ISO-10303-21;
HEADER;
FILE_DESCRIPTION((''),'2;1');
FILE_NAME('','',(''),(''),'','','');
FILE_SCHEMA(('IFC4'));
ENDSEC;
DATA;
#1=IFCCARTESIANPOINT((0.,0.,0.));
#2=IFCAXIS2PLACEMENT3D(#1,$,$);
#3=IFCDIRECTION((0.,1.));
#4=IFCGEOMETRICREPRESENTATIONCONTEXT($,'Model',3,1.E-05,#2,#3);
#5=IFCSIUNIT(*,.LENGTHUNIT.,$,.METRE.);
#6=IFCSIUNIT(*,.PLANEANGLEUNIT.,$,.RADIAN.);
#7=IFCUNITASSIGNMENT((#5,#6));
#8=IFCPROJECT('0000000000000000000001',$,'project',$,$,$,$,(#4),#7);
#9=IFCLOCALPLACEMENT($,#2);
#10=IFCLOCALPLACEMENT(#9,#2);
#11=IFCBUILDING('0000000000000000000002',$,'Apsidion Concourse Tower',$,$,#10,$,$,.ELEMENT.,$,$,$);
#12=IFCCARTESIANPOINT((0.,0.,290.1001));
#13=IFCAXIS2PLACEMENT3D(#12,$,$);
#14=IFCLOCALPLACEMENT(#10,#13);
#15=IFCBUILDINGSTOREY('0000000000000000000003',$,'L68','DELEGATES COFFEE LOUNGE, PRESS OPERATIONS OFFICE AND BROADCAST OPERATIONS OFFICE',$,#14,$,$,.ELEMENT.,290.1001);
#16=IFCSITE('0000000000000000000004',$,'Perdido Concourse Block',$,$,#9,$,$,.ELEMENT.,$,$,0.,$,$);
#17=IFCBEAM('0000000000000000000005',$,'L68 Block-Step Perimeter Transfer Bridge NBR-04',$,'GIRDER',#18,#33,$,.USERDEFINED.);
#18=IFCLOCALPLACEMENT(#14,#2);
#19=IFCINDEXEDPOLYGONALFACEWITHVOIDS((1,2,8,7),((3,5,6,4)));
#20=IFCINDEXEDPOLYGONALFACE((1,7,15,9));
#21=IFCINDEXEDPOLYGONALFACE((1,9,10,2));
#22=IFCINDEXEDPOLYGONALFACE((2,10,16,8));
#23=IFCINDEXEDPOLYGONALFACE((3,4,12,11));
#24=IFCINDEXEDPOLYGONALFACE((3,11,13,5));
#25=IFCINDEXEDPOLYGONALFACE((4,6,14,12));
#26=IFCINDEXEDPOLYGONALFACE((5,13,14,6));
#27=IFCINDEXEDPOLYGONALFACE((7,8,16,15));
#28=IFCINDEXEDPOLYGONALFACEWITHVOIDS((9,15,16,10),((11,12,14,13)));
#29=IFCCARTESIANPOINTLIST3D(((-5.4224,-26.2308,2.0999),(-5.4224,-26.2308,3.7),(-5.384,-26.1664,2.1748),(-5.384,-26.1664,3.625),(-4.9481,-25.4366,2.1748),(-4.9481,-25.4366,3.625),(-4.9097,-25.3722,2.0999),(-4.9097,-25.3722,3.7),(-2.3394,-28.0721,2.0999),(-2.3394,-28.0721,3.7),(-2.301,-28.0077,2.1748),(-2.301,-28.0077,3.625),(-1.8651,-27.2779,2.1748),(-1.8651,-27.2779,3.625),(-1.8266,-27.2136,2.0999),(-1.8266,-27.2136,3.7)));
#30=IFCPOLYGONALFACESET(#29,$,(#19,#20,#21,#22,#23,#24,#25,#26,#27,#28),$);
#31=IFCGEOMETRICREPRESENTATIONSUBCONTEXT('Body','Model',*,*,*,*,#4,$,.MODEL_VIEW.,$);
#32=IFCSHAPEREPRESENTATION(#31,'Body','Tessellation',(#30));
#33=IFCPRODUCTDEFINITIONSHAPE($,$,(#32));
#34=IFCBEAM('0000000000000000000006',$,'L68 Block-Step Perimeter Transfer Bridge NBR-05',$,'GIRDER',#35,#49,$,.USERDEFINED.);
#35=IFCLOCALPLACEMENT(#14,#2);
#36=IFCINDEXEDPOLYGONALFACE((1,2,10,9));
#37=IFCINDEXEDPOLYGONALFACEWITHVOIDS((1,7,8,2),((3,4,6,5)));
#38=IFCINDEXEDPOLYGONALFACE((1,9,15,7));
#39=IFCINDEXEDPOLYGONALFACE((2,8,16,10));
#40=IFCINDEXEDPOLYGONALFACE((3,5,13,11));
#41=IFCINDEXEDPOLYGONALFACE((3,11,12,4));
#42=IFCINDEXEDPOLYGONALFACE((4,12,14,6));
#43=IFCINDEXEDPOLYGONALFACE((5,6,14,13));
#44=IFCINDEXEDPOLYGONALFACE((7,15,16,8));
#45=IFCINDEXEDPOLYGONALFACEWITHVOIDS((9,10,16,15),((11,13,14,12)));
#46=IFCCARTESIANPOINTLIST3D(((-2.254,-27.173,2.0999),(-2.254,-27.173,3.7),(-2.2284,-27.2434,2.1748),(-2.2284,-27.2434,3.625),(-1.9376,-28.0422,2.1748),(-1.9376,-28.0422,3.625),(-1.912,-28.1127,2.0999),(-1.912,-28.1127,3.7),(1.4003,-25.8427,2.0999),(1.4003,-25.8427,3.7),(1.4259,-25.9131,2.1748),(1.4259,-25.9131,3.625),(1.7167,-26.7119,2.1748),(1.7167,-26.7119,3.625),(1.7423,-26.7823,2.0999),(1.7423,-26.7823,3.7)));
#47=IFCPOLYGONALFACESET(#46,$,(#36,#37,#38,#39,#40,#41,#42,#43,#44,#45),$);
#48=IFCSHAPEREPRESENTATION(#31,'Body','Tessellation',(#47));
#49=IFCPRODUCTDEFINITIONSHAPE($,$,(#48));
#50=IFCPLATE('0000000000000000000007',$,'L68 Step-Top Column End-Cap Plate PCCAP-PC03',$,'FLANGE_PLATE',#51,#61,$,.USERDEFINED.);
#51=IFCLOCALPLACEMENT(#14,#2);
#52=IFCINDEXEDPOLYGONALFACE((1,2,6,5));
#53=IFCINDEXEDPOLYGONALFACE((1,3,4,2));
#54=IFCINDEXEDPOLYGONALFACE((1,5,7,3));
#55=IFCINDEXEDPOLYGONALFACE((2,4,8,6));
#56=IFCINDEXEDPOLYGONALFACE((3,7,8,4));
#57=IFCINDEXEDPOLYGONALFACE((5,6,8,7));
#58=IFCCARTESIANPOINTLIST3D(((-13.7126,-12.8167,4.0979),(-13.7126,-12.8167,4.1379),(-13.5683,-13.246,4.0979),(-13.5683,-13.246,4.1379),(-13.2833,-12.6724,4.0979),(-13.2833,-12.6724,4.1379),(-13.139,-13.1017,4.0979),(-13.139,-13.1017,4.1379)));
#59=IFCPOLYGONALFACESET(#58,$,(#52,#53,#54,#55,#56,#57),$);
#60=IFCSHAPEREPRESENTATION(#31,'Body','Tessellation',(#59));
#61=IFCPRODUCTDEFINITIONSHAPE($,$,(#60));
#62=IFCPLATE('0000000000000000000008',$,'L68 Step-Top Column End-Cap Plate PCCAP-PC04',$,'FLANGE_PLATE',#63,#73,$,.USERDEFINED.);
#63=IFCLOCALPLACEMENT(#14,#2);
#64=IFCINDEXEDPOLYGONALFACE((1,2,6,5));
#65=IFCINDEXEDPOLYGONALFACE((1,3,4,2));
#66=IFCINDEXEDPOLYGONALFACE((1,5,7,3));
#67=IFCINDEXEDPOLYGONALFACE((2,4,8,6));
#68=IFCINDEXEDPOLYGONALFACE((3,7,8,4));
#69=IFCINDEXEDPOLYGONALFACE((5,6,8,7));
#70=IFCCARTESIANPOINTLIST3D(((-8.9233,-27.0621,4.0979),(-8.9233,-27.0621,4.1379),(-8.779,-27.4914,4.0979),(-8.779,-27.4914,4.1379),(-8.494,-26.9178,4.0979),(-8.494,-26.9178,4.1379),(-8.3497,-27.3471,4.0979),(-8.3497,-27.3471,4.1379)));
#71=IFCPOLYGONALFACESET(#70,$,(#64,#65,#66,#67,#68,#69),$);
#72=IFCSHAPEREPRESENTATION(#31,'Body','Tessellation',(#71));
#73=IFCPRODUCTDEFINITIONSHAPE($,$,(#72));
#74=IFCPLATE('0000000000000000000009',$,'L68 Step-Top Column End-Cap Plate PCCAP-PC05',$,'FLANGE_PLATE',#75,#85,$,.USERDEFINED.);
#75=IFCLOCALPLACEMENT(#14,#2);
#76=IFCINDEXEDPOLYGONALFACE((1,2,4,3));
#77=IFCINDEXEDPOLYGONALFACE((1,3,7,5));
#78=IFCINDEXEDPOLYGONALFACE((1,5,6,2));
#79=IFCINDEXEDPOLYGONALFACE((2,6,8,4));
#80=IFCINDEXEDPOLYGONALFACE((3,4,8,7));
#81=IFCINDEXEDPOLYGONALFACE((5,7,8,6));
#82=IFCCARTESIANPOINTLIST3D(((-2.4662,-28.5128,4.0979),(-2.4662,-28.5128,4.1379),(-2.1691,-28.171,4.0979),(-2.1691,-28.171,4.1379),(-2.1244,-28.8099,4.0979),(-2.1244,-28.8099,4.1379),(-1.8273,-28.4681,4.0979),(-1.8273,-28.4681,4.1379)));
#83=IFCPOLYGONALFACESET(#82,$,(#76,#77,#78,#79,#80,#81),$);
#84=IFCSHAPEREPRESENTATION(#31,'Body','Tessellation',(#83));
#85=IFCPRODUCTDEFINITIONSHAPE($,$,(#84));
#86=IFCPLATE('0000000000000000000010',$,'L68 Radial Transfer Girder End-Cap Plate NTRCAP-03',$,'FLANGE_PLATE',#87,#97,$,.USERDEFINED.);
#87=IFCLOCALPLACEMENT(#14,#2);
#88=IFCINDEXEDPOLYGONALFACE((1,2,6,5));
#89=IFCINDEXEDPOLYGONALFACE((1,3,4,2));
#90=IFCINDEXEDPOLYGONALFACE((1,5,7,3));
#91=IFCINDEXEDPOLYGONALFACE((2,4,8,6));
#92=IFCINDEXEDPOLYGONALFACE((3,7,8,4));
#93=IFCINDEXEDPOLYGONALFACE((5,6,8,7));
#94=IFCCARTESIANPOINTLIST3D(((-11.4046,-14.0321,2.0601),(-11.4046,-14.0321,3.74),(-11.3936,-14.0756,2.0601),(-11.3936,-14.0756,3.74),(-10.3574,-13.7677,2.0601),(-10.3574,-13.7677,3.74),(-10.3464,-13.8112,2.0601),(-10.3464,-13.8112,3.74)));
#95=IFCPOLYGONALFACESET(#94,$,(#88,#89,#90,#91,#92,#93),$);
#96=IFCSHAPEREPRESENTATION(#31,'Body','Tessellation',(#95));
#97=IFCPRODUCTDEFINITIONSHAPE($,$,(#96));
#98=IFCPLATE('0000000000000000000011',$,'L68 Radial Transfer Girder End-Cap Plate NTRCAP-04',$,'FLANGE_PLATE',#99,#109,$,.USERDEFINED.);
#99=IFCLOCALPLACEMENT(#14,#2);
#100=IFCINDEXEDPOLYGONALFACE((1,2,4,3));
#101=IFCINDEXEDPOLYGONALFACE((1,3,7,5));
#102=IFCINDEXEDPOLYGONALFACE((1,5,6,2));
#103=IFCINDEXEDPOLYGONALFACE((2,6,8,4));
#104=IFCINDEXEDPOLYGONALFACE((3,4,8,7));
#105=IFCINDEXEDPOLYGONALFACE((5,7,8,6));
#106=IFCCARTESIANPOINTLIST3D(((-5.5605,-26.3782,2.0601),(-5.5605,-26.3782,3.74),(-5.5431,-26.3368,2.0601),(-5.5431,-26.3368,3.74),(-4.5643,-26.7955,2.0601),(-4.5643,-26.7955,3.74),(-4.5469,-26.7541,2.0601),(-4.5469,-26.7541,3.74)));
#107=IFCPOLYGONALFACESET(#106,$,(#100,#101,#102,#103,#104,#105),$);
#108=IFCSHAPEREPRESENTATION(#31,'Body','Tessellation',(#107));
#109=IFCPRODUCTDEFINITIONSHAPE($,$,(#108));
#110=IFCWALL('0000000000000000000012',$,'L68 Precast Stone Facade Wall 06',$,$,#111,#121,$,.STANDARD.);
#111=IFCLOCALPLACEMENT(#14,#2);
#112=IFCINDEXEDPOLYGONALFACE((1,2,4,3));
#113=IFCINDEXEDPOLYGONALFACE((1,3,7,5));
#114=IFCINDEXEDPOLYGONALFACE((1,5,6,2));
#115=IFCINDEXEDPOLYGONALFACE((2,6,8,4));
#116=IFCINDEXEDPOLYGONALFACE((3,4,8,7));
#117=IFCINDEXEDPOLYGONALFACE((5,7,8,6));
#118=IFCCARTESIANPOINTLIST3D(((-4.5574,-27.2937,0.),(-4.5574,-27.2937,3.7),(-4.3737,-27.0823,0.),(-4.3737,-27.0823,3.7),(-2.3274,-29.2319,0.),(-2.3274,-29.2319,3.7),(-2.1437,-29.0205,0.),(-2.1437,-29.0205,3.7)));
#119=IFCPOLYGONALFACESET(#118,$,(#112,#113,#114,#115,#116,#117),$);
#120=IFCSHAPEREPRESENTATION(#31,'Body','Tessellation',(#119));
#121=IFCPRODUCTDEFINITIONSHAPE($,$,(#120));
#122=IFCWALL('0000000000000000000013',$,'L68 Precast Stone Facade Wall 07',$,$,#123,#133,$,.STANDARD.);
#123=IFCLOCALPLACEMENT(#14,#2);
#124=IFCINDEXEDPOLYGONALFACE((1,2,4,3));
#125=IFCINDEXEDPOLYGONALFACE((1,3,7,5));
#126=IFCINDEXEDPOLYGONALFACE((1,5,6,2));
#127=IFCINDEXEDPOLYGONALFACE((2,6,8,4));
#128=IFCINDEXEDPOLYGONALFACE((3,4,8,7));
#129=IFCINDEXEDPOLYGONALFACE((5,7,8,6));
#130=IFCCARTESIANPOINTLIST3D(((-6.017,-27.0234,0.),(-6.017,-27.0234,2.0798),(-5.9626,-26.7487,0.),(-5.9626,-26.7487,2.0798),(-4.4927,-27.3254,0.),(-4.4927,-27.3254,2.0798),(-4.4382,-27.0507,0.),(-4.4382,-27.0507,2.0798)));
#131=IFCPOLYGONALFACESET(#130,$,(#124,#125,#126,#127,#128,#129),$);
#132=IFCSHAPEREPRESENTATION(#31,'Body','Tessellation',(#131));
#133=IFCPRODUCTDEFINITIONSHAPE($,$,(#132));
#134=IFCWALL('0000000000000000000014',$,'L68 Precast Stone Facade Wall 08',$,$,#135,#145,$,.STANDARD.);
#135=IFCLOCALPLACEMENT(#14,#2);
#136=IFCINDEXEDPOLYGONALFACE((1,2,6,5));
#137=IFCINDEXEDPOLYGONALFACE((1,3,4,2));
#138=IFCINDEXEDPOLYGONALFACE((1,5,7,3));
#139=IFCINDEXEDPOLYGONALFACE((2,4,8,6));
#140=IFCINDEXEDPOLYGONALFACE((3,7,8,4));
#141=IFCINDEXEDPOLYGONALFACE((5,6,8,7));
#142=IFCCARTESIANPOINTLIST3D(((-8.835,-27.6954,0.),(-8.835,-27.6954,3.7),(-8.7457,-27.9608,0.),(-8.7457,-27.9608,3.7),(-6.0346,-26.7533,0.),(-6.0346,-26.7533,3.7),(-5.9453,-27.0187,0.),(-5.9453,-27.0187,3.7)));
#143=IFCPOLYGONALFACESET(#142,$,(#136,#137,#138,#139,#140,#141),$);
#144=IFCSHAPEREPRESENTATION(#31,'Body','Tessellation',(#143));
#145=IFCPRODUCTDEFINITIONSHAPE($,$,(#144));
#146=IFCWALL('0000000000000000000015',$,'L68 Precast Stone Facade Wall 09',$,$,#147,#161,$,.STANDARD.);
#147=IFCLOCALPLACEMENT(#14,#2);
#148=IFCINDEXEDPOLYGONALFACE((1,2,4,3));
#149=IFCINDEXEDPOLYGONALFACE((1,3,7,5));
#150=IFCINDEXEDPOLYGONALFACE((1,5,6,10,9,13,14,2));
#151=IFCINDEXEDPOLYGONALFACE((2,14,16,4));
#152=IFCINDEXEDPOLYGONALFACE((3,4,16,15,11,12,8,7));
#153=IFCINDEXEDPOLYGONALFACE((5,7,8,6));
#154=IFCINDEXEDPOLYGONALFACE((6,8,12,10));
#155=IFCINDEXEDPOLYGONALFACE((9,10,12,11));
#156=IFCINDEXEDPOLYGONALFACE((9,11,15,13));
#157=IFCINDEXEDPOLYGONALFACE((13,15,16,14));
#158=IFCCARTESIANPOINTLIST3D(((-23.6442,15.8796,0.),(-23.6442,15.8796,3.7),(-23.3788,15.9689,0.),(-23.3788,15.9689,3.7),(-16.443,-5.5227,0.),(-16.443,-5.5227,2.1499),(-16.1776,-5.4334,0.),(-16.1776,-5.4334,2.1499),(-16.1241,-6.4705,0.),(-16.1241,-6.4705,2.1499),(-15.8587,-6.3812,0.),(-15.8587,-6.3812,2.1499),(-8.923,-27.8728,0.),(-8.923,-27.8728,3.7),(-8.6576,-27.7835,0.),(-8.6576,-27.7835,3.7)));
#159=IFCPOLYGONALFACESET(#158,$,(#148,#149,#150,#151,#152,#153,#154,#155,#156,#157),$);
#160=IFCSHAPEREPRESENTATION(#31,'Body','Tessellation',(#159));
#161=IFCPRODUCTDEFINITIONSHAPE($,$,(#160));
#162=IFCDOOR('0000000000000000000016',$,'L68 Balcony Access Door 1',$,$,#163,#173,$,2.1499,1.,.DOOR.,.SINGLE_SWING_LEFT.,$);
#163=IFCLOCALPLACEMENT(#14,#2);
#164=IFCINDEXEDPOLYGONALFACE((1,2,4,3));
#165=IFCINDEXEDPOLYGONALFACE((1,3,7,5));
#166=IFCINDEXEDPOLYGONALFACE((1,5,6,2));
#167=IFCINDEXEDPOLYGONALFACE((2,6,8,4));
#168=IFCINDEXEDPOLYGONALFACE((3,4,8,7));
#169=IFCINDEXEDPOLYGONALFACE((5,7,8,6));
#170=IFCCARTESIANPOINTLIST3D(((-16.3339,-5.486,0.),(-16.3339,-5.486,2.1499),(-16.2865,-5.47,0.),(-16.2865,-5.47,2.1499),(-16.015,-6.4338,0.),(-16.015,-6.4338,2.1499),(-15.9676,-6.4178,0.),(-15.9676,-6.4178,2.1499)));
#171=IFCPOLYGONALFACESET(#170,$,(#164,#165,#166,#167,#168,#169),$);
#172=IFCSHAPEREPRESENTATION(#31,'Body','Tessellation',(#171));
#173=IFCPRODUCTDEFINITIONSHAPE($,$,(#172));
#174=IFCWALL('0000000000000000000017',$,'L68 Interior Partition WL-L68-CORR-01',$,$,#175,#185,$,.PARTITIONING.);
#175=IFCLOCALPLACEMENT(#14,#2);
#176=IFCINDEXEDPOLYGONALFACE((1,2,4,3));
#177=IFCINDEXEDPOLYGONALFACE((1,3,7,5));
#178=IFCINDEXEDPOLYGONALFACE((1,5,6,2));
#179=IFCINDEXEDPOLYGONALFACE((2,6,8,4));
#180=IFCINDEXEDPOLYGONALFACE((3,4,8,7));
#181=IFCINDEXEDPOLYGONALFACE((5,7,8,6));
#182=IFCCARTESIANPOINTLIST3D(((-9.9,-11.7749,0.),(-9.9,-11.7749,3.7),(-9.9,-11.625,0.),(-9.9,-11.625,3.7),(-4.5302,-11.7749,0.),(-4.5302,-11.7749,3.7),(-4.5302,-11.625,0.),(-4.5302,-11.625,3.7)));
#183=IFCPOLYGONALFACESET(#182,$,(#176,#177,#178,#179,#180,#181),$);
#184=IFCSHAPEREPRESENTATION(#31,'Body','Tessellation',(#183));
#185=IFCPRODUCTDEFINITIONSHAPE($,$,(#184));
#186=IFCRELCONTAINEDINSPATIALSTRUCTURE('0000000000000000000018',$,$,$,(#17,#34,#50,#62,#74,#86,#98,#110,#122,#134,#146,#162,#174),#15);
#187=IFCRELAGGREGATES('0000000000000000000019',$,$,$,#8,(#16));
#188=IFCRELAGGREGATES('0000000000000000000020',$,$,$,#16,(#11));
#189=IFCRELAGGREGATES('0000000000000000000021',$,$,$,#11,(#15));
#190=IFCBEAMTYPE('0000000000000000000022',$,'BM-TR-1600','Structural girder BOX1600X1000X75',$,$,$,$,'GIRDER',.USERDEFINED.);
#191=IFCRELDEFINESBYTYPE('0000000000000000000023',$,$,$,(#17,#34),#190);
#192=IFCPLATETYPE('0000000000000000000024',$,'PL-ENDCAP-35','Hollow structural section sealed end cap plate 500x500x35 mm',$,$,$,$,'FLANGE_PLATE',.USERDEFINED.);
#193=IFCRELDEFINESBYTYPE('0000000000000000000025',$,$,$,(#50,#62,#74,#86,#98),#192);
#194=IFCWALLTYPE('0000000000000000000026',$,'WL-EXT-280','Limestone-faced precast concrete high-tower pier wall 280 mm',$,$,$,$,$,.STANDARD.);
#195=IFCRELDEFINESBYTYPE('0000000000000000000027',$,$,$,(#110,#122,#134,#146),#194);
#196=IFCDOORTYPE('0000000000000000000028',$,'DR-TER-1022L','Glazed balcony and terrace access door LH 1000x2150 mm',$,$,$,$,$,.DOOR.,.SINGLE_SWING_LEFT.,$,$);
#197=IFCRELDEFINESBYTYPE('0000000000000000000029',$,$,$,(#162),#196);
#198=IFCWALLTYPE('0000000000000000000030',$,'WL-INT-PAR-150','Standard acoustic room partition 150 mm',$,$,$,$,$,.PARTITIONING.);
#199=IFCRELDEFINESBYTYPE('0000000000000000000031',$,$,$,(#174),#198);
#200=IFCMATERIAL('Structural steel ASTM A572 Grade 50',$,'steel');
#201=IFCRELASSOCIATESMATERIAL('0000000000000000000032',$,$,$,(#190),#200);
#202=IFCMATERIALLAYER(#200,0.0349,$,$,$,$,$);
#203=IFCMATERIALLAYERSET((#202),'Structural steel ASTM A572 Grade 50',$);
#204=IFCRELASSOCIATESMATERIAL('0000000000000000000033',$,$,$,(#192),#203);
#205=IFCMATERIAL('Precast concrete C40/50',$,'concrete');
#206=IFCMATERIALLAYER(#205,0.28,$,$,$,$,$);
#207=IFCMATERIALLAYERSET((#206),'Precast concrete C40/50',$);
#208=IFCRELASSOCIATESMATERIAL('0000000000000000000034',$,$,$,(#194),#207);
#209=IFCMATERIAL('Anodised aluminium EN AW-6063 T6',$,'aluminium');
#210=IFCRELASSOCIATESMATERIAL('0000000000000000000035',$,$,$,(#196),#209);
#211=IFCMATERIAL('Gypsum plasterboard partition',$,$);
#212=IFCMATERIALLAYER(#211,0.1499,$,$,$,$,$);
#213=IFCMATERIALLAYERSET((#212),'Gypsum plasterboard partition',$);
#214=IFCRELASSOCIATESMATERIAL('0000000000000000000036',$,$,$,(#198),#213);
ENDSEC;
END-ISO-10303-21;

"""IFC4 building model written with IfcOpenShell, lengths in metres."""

from ifc_helpers import new_model, si_unit, direction, frame, frame_2d, origin, origin_2d, place, context, subcontext, project, spatial, rectangle, hollow_rectangle, extrude, material, layer, layer_set, material_profile, profile_set, type_object, element, fill, save


model = new_model("IFC4")

# Units and contexts
model_context = context("Model", 3, precision=1e-05, world=origin(), true_north=direction((0.0, 1.0)))
body_context = subcontext(model_context, "Body", "Model", "MODEL_VIEW")
ifc_project = project(units=[si_unit("LENGTHUNIT", "METRE"), si_unit("PLANEANGLEUNIT", "RADIAN")], contexts=[model_context])

# Site, building, storey
site_placement = place(None, origin())
site = spatial("IfcSite", under=ifc_project, at=site_placement, Name="Perdido Concourse Block", CompositionType="ELEMENT", RefElevation=0.0)
building_placement = place(site_placement, origin())
building = spatial("IfcBuilding", under=site, at=building_placement, Name="Apsidion Concourse Tower", CompositionType="ELEMENT")
storey_placement = place(building_placement, frame((0.0, 0.0, 290.1001)))
storey = spatial("IfcBuildingStorey", under=building, at=storey_placement, Name="L68", Description="DELEGATES COFFEE LOUNGE, PRESS OPERATIONS OFFICE AND BROADCAST OPERATIONS OFFICE", CompositionType="ELEMENT", Elevation=290.1001)

# Beams
ifc_material_1 = material(Name="Structural steel ASTM A572 Grade 50", Category="steel")
ifc_material_profile_1 = material_profile(ifc_material_1, hollow_rectangle(XDim=1.0, YDim=1.6001, WallThickness=0.075, at=origin_2d()), Name="BOX1600X1000X75")
ifc_profile_set_1 = profile_set([ifc_material_profile_1], Name="Structural steel ASTM A572 Grade 50")
beam_type_1 = type_object("IfcBeamType", Name="BM-TR-1600", Description="Structural girder BOX1600X1000X75", ElementType="GIRDER", PredefinedType="USERDEFINED", material=ifc_profile_set_1)
beam_1_placement = place(storey_placement, frame((-2.083, -27.6428, 2.8999), z_axis=(-0.858535, 0.512755, 0.0), x_axis=(-0.512755, -0.858535, 0.0)))
element("IfcBeam", 1, at=beam_1_placement, inside=storey, type_object=beam_type_1, Name="L68 Block-Step Perimeter Transfer Bridge NBR-04", ObjectType="GIRDER", PredefinedType="USERDEFINED", context=body_context, shape_type="SweptSolid", body=[
    extrude(hollow_rectangle(XDim=1.0, YDim=1.6001, WallThickness=0.075, at=origin_2d()), origin(), (0.0, 0.0, 1.0), 3.5911),
])
beam_2_placement = place(storey_placement, frame((-2.083, -27.6428, 2.8999), z_axis=(0.939671, 0.342081, 0.0), x_axis=(-0.342081, 0.939671, 0.0)))
element("IfcBeam", 2, at=beam_2_placement, inside=storey, type_object=beam_type_1, Name="L68 Block-Step Perimeter Transfer Bridge NBR-05", ObjectType="GIRDER", PredefinedType="USERDEFINED", context=body_context, shape_type="SweptSolid", body=[
    extrude(hollow_rectangle(XDim=1.0, YDim=1.6001, WallThickness=0.075, at=origin_2d()), origin(), (0.0, 0.0, 1.0), 3.8889),
])

# Plates
ifc_layer_1 = layer(ifc_material_1, 0.0349)
ifc_layer_set_1 = layer_set([ifc_layer_1], Name="Structural steel ASTM A572 Grade 50")
plate_type = type_object("IfcPlateType", Name="PL-ENDCAP-35", Description="Hollow structural section sealed end cap plate 500x500x35 mm", ElementType="FLANGE_PLATE", PredefinedType="USERDEFINED", material=ifc_layer_set_1)
for number, where, z_axis, x_axis, name in (
    (3, (-13.4258, -12.9592, 4.0979), (0.0, 0.0, 1.0), (-0.318628, 0.94788, 0.0), "L68 Step-Top Column End-Cap Plate PCCAP-PC03"),
    (4, (-8.6365, -27.2046, 4.0979), (0.0, 0.0, 1.0), (-0.318628, 0.94788, 0.0), "L68 Step-Top Column End-Cap Plate PCCAP-PC04"),
    (5, (-2.1467, -28.4905, 4.0979), (0.0, 0.0, 1.0), (0.656059, 0.75471, 0.0), "L68 Step-Top Column End-Cap Plate PCCAP-PC05"),
):
    element("IfcPlate", number, at=place(storey_placement, frame(where, z_axis=z_axis, x_axis=x_axis)), inside=storey, type_object=plate_type, Name=name, ObjectType="FLANGE_PLATE", PredefinedType="USERDEFINED", context=body_context, shape_type="SweptSolid", body=[
        extrude(rectangle(XDim=0.4529, YDim=0.4529, at=origin_2d()), origin(), (0.0, 0.0, 1.0), 0.04),
    ])
for number, where, z_axis, x_axis, name in (
    (6, (-10.8755, -13.9216, 2.0601), (0.0, 0.0, 1.0), (0.2448, -0.969574, 0.0), "L68 Radial Transfer Girder End-Cap Plate NTRCAP-03"),
    (7, (-5.0537, -26.5662, 2.0601), (0.0, 0.0, 1.0), (-0.386389, -0.922336, 0.0), "L68 Radial Transfer Girder End-Cap Plate NTRCAP-04"),
):
    element("IfcPlate", number, at=place(storey_placement, frame(where, z_axis=z_axis, x_axis=x_axis)), inside=storey, type_object=plate_type, Name=name, ObjectType="FLANGE_PLATE", PredefinedType="USERDEFINED", context=body_context, shape_type="SweptSolid", body=[
        extrude(rectangle(XDim=0.0449, YDim=1.0801, at=origin_2d()), origin(), (0.0, 0.0, 1.0), 1.6799),
    ])

# Walls
ifc_material_2 = material(Name="Precast concrete C40/50", Category="concrete")
ifc_layer_2 = layer(ifc_material_2, 0.28)
ifc_layer_set_2 = layer_set([ifc_layer_2], Name="Precast concrete C40/50")
wall_type_1 = type_object("IfcWallType", Name="WL-EXT-280", Description="Limestone-faced precast concrete high-tower pier wall 280 mm", PredefinedType="STANDARD", material=ifc_layer_set_2)
wall_1_placement = place(storey_placement, frame((-2.2356, -29.1262, 0.0), z_axis=(0.0, 0.0, 1.0), x_axis=(-0.754753, 0.656009, 0.0)))
element("IfcWall", 8, at=wall_1_placement, inside=storey, type_object=wall_type_1, Name="L68 Precast Stone Facade Wall 06", PredefinedType="STANDARD", context=body_context, shape_type="SweptSolid", body=[
    extrude(rectangle(XDim=2.9546, YDim=0.28, at=frame_2d((1.4773, 0.0))), origin(), (0.0, 0.0, 1.0), 3.7),
])
wall_2_placement = place(storey_placement, frame((-4.4656, -27.188, 0.0), z_axis=(0.0, 0.0, 1.0), x_axis=(-0.980936, 0.194333, 0.0)))
element("IfcWall", 9, at=wall_2_placement, inside=storey, type_object=wall_type_1, Name="L68 Precast Stone Facade Wall 07", PredefinedType="STANDARD", context=body_context, shape_type="SweptSolid", body=[
    extrude(rectangle(XDim=1.554, YDim=0.28, at=frame_2d((0.7769, 0.0))), origin(), (0.0, 0.0, 1.0), 2.0798),
])
wall_3_placement = place(storey_placement, frame((-5.99, -26.886, 0.0), z_axis=(0.0, 0.0, 1.0), x_axis=(-0.947795, -0.318879, 0.0)))
element("IfcWall", 10, at=wall_3_placement, inside=storey, type_object=wall_type_1, Name="L68 Precast Stone Facade Wall 08", PredefinedType="STANDARD", context=body_context, shape_type="SweptSolid", body=[
    extrude(rectangle(XDim=2.9546, YDim=0.28, at=frame_2d((1.4773, 0.0))), origin(), (0.0, 0.0, 1.0), 3.7),
])

# Wall, opening, door
wall_4_placement = place(storey_placement, frame((-8.7903, -27.8281, 0.0), z_axis=(0.0, 0.0, 1.0), x_axis=(-0.318898, 0.947789, 0.0)))
wall_4 = element("IfcWall", 11, at=wall_4_placement, inside=storey, type_object=wall_type_1, Name="L68 Precast Stone Facade Wall 09", PredefinedType="STANDARD", context=body_context, shape_type="SweptSolid", body=[
    extrude(rectangle(XDim=46.1626, YDim=0.28, at=frame_2d((23.0813, 0.0))), origin(), (0.0, 0.0, 1.0), 3.7),
])
opening_1_placement = place(wall_4_placement, frame((22.5813, 0.0, 0.0)))
opening_1 = element("IfcOpeningElement", 12, at=opening_1_placement, cuts=wall_4, PredefinedType="OPENING", context=body_context, shape_type="SweptSolid", body=[
    extrude(rectangle(XDim=1.0, YDim=2.1499, at=frame_2d((0.5, 1.075))), frame((0.0, 0.1499, 0.0), z_axis=(0.0, -1.0, 0.0), x_axis=(1.0, 0.0, 0.0)), (0.0, 0.0, 1.0), 0.3),
])
ifc_material_3 = material(Name="Anodised aluminium EN AW-6063 T6", Category="aluminium")
door_type_1 = type_object("IfcDoorType", Name="DR-TER-1022L", Description="Glazed balcony and terrace access door LH 1000x2150 mm", OperationType="SINGLE_SWING_LEFT", PredefinedType="DOOR", material=ifc_material_3)
door_1_placement = place(opening_1_placement, origin())
door_1 = element("IfcDoor", 13, at=door_1_placement, inside=storey, type_object=door_type_1, Name="L68 Balcony Access Door 1", OperationType="SINGLE_SWING_LEFT", OverallHeight=2.1499, OverallWidth=1.0, PredefinedType="DOOR", context=body_context, shape_type="SweptSolid", body=[
    extrude(rectangle(XDim=1.0, YDim=2.1499, at=frame_2d((0.5, 1.075))), frame((0.0, 0.0249, 0.0), z_axis=(0.0, -1.0, 0.0), x_axis=(1.0, 0.0, 0.0)), (0.0, 0.0, 1.0), 0.05),
])
fill(opening_1, door_1)

# Wall
ifc_material_4 = material(Name="Gypsum plasterboard partition")
ifc_layer_3 = layer(ifc_material_4, 0.1499)
ifc_layer_set_3 = layer_set([ifc_layer_3], Name="Gypsum plasterboard partition")
wall_type_2 = type_object("IfcWallType", Name="WL-INT-PAR-150", Description="Standard acoustic room partition 150 mm", PredefinedType="PARTITIONING", material=ifc_layer_set_3)
wall_5_placement = place(storey_placement, frame((-4.53, -11.7, 0.0), z_axis=(0.0, 0.0, 1.0), x_axis=(-1.0, 0.0, 0.0)))
element("IfcWall", 14, at=wall_5_placement, inside=storey, type_object=wall_type_2, Name="L68 Interior Partition WL-L68-CORR-01", PredefinedType="PARTITIONING", context=body_context, shape_type="SweptSolid", body=[
    extrude(rectangle(XDim=5.3699, YDim=0.1499, at=frame_2d((2.6851, 0.0))), origin(), (0.0, 0.0, 1.0), 3.7),
])

save(model, "model.ifc")
